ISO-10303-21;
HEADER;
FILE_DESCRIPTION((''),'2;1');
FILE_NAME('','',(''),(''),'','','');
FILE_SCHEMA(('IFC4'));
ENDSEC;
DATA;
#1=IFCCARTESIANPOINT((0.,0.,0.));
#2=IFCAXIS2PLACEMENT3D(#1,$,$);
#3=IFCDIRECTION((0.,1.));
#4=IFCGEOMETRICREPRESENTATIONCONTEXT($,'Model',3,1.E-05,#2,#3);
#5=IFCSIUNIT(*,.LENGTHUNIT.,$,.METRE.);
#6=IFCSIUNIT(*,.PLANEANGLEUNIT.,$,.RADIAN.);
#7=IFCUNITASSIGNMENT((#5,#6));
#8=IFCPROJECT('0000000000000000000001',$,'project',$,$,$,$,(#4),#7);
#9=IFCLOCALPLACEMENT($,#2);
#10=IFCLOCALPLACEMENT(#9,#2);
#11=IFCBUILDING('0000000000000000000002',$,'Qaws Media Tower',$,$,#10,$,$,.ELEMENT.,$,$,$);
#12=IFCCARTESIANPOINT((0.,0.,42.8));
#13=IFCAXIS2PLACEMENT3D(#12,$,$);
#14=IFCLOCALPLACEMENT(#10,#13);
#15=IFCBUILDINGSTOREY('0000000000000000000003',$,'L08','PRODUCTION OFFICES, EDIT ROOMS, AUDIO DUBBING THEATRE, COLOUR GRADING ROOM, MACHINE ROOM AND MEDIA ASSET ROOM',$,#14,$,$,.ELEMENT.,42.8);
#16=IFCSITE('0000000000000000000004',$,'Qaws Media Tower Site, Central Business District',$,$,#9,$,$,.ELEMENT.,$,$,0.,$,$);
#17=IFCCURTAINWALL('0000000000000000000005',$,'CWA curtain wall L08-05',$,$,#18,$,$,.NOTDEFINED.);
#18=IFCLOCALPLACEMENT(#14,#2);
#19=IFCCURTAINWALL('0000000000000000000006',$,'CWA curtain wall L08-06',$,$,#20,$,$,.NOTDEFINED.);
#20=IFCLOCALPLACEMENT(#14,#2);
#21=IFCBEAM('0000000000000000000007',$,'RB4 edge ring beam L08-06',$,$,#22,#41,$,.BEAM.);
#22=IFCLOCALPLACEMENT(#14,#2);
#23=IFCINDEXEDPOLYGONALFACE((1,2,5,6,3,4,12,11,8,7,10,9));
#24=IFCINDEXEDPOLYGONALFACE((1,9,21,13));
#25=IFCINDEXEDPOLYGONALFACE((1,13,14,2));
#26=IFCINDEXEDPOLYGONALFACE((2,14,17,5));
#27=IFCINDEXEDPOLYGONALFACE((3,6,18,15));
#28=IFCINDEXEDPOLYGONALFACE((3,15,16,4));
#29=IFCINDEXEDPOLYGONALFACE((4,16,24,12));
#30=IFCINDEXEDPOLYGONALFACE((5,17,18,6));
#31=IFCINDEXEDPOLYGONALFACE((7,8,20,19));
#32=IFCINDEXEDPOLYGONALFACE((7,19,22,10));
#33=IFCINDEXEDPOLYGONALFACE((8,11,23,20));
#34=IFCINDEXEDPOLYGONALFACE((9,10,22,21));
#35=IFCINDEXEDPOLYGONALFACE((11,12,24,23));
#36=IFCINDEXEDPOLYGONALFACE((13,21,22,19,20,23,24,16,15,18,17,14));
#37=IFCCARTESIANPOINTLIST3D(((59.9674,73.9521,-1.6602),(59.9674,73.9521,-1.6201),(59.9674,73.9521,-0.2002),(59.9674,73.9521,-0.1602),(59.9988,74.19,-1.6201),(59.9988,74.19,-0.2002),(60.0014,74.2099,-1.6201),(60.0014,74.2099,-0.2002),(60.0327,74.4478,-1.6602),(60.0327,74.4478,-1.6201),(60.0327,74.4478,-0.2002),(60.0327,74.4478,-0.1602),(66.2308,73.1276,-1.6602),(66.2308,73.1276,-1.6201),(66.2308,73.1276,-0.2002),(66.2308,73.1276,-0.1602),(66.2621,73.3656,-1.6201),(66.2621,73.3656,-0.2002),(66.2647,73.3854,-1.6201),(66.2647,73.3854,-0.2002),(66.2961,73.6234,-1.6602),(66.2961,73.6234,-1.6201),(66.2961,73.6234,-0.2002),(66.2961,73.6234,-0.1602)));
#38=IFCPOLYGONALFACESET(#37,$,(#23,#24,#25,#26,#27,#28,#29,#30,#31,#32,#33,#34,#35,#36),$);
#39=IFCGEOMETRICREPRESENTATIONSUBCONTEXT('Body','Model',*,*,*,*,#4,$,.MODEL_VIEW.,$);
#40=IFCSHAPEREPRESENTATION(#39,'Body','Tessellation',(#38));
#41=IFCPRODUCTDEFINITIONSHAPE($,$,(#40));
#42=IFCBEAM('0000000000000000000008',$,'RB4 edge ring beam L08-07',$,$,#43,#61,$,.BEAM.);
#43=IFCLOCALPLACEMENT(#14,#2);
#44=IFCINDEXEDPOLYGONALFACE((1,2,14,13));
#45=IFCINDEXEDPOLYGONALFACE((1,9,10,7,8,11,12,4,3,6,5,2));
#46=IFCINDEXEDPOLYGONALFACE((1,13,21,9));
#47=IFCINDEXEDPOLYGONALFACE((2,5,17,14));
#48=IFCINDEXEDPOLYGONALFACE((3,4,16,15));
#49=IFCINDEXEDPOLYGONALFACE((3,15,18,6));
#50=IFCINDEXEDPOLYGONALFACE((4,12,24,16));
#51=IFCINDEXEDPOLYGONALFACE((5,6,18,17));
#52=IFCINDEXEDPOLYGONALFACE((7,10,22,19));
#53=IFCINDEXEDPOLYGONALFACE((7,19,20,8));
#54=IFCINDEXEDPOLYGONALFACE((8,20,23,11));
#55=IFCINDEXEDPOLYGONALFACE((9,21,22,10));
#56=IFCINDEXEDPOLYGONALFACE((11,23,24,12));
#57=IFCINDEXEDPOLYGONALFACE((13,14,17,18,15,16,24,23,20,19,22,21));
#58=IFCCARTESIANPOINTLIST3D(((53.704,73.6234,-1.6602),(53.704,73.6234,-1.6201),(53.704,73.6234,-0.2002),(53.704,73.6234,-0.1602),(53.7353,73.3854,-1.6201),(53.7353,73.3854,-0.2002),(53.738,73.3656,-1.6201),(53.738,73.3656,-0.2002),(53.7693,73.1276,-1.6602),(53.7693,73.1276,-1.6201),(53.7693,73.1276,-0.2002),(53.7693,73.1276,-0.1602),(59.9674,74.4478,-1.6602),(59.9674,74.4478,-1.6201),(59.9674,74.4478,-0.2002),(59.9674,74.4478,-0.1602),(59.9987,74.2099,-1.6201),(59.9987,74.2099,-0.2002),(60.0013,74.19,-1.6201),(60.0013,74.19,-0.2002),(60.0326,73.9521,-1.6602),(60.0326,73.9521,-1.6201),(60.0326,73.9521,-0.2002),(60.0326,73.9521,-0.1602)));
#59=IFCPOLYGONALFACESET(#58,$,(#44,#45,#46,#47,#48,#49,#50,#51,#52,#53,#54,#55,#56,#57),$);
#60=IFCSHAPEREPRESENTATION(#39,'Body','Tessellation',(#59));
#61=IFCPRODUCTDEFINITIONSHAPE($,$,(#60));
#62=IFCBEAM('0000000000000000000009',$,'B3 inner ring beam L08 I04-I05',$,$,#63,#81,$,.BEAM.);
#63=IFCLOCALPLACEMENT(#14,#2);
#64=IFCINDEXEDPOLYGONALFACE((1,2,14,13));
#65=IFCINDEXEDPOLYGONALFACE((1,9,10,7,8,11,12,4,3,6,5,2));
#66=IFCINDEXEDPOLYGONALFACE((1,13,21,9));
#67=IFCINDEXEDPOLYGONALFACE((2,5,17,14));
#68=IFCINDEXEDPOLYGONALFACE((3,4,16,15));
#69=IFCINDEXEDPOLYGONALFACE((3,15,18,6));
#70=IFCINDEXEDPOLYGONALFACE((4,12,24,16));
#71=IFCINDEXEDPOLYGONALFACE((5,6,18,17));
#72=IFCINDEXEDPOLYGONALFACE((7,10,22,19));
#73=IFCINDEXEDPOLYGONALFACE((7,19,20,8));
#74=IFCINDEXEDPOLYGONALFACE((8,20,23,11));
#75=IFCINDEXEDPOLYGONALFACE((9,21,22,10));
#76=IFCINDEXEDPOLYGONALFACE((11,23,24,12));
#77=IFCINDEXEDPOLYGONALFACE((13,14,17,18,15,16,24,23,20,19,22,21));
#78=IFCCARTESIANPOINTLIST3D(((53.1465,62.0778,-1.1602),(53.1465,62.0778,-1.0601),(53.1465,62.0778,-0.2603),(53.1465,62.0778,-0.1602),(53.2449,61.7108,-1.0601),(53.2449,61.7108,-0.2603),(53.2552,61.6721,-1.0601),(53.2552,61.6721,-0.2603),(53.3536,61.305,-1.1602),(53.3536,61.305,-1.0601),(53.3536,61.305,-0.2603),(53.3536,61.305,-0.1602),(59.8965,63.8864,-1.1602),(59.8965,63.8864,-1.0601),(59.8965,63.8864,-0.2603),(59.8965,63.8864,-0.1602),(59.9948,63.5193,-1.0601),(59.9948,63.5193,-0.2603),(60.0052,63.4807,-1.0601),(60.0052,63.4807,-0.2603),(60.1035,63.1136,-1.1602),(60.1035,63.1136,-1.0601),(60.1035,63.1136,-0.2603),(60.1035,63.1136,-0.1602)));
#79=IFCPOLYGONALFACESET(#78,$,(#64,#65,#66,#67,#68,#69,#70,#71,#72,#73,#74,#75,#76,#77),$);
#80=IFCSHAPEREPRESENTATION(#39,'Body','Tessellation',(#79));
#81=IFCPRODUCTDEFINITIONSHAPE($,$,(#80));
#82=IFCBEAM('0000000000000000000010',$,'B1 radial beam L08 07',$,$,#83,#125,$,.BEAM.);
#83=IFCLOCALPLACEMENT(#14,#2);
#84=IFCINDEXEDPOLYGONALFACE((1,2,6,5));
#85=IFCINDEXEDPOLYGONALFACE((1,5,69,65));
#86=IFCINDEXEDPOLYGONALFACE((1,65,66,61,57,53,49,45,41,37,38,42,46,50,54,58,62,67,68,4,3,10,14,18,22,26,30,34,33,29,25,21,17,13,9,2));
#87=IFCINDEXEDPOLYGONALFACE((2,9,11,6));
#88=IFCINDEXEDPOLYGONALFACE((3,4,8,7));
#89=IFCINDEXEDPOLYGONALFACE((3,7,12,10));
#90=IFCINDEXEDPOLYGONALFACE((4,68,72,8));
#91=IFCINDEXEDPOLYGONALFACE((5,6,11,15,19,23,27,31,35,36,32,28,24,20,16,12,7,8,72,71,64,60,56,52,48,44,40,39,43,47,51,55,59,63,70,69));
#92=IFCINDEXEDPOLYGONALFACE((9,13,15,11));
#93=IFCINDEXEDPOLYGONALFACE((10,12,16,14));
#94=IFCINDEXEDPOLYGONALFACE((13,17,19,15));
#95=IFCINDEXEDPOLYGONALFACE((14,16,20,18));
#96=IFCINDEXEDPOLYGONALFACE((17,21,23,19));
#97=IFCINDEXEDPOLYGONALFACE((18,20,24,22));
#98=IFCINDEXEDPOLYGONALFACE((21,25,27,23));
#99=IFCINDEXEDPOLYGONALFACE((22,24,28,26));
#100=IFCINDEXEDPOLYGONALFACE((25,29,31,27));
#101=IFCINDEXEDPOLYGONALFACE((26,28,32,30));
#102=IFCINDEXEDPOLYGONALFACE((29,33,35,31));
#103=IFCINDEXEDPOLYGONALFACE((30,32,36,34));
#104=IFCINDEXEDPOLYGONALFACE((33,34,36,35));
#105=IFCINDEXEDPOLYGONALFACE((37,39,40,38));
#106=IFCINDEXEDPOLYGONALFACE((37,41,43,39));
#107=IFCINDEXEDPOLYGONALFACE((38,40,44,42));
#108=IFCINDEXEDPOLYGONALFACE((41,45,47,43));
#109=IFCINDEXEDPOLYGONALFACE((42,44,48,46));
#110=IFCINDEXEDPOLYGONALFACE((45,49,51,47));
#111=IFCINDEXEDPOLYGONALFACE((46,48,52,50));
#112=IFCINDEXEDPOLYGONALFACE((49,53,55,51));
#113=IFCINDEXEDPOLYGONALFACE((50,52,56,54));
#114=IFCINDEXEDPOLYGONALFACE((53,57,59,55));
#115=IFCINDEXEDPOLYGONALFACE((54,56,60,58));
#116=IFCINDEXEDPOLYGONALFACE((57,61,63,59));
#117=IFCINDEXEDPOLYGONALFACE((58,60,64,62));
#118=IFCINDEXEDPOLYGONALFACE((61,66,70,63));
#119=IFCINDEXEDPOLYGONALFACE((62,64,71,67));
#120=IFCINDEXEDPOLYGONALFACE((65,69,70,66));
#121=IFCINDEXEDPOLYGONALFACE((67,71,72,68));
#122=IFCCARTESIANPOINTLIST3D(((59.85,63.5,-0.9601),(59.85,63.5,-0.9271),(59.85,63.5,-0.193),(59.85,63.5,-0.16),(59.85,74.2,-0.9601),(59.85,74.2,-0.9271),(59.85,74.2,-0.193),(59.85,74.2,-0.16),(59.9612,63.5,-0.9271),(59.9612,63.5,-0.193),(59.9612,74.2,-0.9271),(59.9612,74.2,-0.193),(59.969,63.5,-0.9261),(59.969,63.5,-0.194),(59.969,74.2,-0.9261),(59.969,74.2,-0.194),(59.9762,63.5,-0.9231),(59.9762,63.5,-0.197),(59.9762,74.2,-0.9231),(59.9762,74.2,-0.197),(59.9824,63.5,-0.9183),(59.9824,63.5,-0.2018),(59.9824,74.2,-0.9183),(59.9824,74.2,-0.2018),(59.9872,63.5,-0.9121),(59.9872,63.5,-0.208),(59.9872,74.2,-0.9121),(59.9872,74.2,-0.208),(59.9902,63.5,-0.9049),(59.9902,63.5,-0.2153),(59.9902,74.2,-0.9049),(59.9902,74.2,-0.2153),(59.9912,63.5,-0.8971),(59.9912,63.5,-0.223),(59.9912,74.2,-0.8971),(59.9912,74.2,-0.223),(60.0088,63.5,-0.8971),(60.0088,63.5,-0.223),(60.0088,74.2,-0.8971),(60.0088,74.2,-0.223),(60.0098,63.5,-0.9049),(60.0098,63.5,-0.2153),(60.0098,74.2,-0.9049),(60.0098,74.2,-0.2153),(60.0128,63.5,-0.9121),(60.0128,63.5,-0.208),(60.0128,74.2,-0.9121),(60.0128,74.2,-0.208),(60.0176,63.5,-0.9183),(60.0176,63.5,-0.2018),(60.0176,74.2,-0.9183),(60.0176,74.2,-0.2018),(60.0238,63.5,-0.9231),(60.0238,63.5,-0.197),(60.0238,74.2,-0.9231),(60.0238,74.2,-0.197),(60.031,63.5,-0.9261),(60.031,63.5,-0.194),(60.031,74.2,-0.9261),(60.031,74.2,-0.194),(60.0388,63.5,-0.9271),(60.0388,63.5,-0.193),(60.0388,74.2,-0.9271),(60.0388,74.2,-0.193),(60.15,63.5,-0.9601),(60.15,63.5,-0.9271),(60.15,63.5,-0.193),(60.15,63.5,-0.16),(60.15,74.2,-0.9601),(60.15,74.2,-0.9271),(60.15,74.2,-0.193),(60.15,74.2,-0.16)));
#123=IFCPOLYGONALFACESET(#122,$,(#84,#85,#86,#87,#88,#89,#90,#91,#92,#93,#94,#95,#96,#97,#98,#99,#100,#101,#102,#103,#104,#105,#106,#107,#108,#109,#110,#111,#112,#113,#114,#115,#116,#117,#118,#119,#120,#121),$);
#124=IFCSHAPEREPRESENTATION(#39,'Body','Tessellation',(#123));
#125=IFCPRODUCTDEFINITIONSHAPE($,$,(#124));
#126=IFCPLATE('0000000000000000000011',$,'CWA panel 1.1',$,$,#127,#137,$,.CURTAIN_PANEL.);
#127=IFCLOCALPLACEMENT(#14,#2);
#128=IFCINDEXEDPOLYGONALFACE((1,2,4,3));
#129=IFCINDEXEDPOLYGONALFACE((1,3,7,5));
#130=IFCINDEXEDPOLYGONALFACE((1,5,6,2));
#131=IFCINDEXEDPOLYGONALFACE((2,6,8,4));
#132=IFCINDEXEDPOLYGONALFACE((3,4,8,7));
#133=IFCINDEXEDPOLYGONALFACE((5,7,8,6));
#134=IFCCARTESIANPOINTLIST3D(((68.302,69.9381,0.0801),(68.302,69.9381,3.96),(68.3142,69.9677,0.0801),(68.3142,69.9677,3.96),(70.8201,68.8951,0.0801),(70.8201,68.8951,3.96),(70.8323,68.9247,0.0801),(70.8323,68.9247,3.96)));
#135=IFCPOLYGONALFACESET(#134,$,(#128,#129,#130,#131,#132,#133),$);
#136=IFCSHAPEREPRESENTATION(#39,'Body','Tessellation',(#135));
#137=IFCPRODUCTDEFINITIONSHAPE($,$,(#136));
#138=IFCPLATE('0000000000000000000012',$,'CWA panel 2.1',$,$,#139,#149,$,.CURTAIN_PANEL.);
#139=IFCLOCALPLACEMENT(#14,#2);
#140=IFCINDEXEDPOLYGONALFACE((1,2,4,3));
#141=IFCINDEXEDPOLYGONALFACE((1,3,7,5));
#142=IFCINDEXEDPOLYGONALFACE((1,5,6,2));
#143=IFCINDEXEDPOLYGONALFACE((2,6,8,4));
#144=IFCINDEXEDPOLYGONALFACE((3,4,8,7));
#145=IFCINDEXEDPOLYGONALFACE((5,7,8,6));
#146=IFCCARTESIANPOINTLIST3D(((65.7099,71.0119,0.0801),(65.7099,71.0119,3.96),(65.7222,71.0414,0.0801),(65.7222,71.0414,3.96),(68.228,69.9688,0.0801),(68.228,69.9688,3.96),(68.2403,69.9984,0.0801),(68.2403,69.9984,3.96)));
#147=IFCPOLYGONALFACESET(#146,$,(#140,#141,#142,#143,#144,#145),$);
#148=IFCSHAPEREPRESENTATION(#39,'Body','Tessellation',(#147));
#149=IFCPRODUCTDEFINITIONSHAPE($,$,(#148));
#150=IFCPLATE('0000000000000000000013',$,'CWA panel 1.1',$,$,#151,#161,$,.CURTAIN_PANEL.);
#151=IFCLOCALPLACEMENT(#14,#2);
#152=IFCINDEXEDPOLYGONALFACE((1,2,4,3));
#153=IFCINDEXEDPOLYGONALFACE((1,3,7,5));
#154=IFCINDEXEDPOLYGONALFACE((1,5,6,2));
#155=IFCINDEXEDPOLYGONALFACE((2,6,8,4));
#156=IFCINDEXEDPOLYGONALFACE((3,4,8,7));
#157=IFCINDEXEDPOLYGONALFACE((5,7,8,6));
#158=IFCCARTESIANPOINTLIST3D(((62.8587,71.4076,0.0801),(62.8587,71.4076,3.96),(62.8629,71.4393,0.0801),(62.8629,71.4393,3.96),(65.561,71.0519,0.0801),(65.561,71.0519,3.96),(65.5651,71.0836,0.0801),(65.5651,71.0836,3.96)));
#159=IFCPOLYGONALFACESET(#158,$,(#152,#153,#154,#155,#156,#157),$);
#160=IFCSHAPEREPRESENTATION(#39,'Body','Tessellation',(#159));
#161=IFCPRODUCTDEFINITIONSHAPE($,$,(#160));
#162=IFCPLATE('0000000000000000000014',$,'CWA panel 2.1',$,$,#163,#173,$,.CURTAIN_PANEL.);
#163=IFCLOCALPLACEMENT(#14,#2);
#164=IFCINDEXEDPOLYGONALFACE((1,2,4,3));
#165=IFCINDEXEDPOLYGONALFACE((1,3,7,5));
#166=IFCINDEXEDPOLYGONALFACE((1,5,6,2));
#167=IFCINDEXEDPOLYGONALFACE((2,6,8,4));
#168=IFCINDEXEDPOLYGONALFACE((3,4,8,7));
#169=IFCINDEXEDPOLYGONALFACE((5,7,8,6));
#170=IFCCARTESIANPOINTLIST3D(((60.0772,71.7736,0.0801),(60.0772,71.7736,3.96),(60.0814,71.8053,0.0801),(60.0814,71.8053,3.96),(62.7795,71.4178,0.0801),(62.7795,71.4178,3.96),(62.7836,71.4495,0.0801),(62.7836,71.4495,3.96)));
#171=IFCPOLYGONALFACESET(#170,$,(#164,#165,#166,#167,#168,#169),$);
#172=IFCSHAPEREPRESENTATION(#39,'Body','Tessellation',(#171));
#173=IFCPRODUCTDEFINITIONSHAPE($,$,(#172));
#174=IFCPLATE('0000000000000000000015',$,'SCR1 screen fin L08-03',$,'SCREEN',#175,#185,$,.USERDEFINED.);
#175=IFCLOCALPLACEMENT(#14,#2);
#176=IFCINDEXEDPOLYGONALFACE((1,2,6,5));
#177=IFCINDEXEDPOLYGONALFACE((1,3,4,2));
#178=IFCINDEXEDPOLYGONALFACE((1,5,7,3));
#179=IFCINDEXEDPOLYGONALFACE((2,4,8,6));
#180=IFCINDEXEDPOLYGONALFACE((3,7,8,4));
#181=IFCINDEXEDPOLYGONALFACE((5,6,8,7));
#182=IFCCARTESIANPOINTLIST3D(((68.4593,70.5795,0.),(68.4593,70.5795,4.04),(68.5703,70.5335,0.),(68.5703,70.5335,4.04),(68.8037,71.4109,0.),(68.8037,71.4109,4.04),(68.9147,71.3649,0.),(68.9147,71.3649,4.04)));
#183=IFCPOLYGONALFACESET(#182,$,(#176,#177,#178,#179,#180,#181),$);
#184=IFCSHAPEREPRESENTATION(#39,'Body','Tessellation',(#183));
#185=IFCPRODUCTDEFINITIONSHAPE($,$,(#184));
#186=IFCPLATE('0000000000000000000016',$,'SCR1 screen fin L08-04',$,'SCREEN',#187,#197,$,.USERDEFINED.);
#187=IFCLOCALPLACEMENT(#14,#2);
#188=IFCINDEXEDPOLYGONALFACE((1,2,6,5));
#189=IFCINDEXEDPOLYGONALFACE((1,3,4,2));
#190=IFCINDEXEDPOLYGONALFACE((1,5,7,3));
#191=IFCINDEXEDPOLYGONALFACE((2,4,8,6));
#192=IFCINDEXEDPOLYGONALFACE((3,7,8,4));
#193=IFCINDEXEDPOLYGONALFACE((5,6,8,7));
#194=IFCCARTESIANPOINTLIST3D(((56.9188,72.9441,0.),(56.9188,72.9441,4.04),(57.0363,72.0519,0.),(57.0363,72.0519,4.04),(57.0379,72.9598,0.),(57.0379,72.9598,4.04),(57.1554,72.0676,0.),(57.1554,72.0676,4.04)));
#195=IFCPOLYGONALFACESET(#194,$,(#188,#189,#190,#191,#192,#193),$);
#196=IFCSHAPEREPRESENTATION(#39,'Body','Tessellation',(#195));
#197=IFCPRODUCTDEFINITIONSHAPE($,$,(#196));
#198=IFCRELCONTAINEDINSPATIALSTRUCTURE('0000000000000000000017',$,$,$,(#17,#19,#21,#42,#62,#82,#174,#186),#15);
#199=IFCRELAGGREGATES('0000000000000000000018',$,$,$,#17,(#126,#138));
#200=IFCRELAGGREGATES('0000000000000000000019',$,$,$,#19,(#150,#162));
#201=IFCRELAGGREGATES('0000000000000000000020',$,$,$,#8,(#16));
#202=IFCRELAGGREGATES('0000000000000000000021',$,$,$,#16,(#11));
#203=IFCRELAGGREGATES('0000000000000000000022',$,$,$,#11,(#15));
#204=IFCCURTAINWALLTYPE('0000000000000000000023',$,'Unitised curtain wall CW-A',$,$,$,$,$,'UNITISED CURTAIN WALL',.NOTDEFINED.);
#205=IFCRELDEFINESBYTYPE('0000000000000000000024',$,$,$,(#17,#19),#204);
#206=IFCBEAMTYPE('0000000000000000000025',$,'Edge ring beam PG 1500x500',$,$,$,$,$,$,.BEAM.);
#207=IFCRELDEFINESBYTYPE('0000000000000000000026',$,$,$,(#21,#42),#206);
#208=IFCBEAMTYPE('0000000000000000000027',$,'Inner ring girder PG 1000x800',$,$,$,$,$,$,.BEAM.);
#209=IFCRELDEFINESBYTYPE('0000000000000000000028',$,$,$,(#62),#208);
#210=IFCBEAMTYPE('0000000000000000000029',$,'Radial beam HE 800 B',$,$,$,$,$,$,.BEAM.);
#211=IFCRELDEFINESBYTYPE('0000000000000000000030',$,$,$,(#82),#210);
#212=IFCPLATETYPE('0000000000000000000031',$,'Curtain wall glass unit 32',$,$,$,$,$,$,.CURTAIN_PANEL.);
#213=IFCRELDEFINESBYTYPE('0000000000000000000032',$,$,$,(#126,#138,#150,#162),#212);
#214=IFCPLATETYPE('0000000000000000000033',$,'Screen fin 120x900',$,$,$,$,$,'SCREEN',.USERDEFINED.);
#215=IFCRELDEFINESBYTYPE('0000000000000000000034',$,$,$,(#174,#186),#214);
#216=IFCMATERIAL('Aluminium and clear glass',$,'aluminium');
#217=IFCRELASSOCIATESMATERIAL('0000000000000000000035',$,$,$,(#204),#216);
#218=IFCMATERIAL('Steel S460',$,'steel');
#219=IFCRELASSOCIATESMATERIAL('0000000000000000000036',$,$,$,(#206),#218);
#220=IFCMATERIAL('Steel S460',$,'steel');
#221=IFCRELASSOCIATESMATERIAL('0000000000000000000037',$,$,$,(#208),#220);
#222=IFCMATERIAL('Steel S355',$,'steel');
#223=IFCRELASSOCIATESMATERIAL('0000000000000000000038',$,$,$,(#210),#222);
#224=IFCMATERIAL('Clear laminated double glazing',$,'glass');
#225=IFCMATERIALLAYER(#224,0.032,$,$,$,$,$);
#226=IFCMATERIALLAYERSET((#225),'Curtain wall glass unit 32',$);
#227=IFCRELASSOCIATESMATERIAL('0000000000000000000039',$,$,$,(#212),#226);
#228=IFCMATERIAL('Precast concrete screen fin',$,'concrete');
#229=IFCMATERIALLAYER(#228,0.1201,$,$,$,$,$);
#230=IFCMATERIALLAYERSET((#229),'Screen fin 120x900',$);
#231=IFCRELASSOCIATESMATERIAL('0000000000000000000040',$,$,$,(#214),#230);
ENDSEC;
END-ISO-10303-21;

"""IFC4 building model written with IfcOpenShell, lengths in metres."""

from ifc_helpers import new_model, si_unit, direction, frame, origin, origin_2d, place, context, subcontext, project, spatial, rectangle, i_section, extrude, material, layer, layer_set, material_profile, profile_set, type_object, element, aggregate, save


model = new_model("IFC4")

# Units and contexts
model_context = context("Model", 3, precision=1e-05, world=origin(), true_north=direction((0.0, 1.0)))
body_context = subcontext(model_context, "Body", "Model", "MODEL_VIEW")
ifc_project = project(units=[si_unit("LENGTHUNIT", "METRE"), si_unit("PLANEANGLEUNIT", "RADIAN")], contexts=[model_context])

# Site, building, storey
site_placement = place(None, origin())
site = spatial("IfcSite", under=ifc_project, at=site_placement, Name="Qaws Media Tower Site, Central Business District", CompositionType="ELEMENT", RefElevation=0.0)
building_placement = place(site_placement, origin())
building = spatial("IfcBuilding", under=site, at=building_placement, Name="Qaws Media Tower", CompositionType="ELEMENT")
storey_placement = place(building_placement, frame((0.0, 0.0, 42.8)))
storey = spatial("IfcBuildingStorey", under=building, at=storey_placement, Name="L08", Description="PRODUCTION OFFICES, EDIT ROOMS, AUDIO DUBBING THEATRE, COLOUR GRADING ROOM, MACHINE ROOM AND MEDIA ASSET ROOM", CompositionType="ELEMENT", Elevation=42.8)

# Shared definitions
ifc_material_1 = material(Name="Aluminium and clear glass", Category="aluminium")
curtain_wall_type = type_object("IfcCurtainWallType", Name="Unitised curtain wall CW-A", ElementType="UNITISED CURTAIN WALL", PredefinedType="NOTDEFINED", material=ifc_material_1)

# Curtain walls
curtain_wall_1_placement = place(storey_placement, origin())
curtain_wall_1 = element("IfcCurtainWall", 1, at=curtain_wall_1_placement, inside=storey, type_object=curtain_wall_type, Name="CWA curtain wall L08-05", PredefinedType="NOTDEFINED")
curtain_wall_2_placement = place(storey_placement, origin())
curtain_wall_2 = element("IfcCurtainWall", 2, at=curtain_wall_2_placement, inside=storey, type_object=curtain_wall_type, Name="CWA curtain wall L08-06", PredefinedType="NOTDEFINED")

# Beams
ifc_material_2 = material(Name="Steel S460", Category="steel")
ifc_material_profile_1 = material_profile(ifc_material_2, i_section(OverallWidth=0.5, OverallDepth=1.5, WebThickness=0.02, FlangeThickness=0.04, at=origin_2d()), Name="PG 1500x500")
ifc_profile_set_1 = profile_set([ifc_material_profile_1], Name="Steel S460")
beam_type_1 = type_object("IfcBeamType", Name="Edge ring beam PG 1500x500", PredefinedType="BEAM", material=ifc_profile_set_1)
for number, where, z_axis, x_axis, name in (
    (3, (66.2634, 73.3755, -0.9102), (-0.991448, 0.130505, 0.0), (-0.130505, -0.991448, 0.0), "RB4 edge ring beam L08-06"),
    (4, (60.0, 74.2, -0.9102), (-0.991448, -0.130505, 0.0), (0.130505, -0.991448, 0.0), "RB4 edge ring beam L08-07"),
):
    element("IfcBeam", number, at=place(storey_placement, frame(where, z_axis=z_axis, x_axis=x_axis)), inside=storey, type_object=beam_type_1, Name=name, PredefinedType="BEAM", context=body_context, shape_type="SweptSolid", body=[
        extrude(i_section(OverallWidth=0.5, OverallDepth=1.5, WebThickness=0.02, FlangeThickness=0.04, at=origin_2d()), origin(), (0.0, 0.0, 1.0), 6.3174),
    ])
ifc_material_3 = material(Name="Steel S460", Category="steel")
ifc_material_profile_2 = material_profile(ifc_material_3, i_section(OverallWidth=0.8, OverallDepth=1.0, WebThickness=0.04, FlangeThickness=0.1001, at=origin_2d()), Name="PG 1000x800")
ifc_profile_set_2 = profile_set([ifc_material_profile_2], Name="Steel S460")
beam_type_2 = type_object("IfcBeamType", Name="Inner ring girder PG 1000x800", PredefinedType="BEAM", material=ifc_profile_set_2)
beam_1_placement = place(storey_placement, frame((60.0, 63.5, -0.6602), z_axis=(-0.965928, -0.258811, 0.0), x_axis=(0.258811, -0.965928, 0.0)))
element("IfcBeam", 5, at=beam_1_placement, inside=storey, type_object=beam_type_2, Name="B3 inner ring beam L08 I04-I05", PredefinedType="BEAM", context=body_context, shape_type="SweptSolid", body=[
    extrude(i_section(OverallWidth=0.8, OverallDepth=1.0, WebThickness=0.04, FlangeThickness=0.1001, at=origin_2d()), origin(), (0.0, 0.0, 1.0), 6.988),
])
ifc_material_4 = material(Name="Steel S355", Category="steel")
ifc_material_profile_3 = material_profile(ifc_material_4, i_section(OverallWidth=0.3, OverallDepth=0.8, WebThickness=0.0176, FlangeThickness=0.033, FilletRadius=0.03, at=origin_2d()), Name="HE 800 B")
ifc_profile_set_3 = profile_set([ifc_material_profile_3], Name="Steel S355")
beam_type_3 = type_object("IfcBeamType", Name="Radial beam HE 800 B", PredefinedType="BEAM", material=ifc_profile_set_3)
beam_2_placement = place(storey_placement, frame((60.0, 63.5, -0.5601), z_axis=(0.0, 1.0, 0.0), x_axis=(-1.0, 0.0, 0.0)))
element("IfcBeam", 6, at=beam_2_placement, inside=storey, type_object=beam_type_3, Name="B1 radial beam L08 07", PredefinedType="BEAM", context=body_context, shape_type="SweptSolid", body=[
    extrude(i_section(OverallWidth=0.3, OverallDepth=0.8, WebThickness=0.0176, FlangeThickness=0.033, FilletRadius=0.03, at=origin_2d()), origin(), (0.0, 0.0, 1.0), 10.7),
])

# Plates
ifc_material_5 = material(Name="Clear laminated double glazing", Category="glass")
ifc_layer_1 = layer(ifc_material_5, 0.032)
ifc_layer_set_1 = layer_set([ifc_layer_1], Name="Curtain wall glass unit 32")
plate_type_1 = type_object("IfcPlateType", Name="Curtain wall glass unit 32", PredefinedType="CURTAIN_PANEL", material=ifc_layer_set_1)
plate_1_placement = place(storey_placement, frame((69.5671, 69.4314, 0.0801), z_axis=(0.0, 0.0, 1.0), x_axis=(-0.92388, 0.382683, 0.0)))
plate_1 = element("IfcPlate", 7, at=plate_1_placement, type_object=plate_type_1, Name="CWA panel 1.1", PredefinedType="CURTAIN_PANEL", context=body_context, shape_type="SweptSolid", body=[
    extrude(rectangle(XDim=2.7256, YDim=0.032, at=origin_2d()), origin(), (0.0, 0.0, 1.0), 3.8799),
])
plate_2_placement = place(storey_placement, frame((66.9751, 70.5051, 0.0801), z_axis=(0.0, 0.0, 1.0), x_axis=(-0.92388, 0.382683, 0.0)))
plate_2 = element("IfcPlate", 8, at=plate_2_placement, type_object=plate_type_1, Name="CWA panel 2.1", PredefinedType="CURTAIN_PANEL", context=body_context, shape_type="SweptSolid", body=[
    extrude(rectangle(XDim=2.7256, YDim=0.032, at=origin_2d()), origin(), (0.0, 0.0, 1.0), 3.8799),
])
aggregate(curtain_wall_1, [plate_1, plate_2])
plate_3_placement = place(storey_placement, frame((64.2119, 71.2456, 0.0801), z_axis=(0.0, 0.0, 1.0), x_axis=(-0.991445, 0.130526, 0.0)))
plate_3 = element("IfcPlate", 9, at=plate_3_placement, type_object=plate_type_1, Name="CWA panel 1.1", PredefinedType="CURTAIN_PANEL", context=body_context, shape_type="SweptSolid", body=[
    extrude(rectangle(XDim=2.7256, YDim=0.032, at=origin_2d()), origin(), (0.0, 0.0, 1.0), 3.8799),
])
plate_4_placement = place(storey_placement, frame((61.4304, 71.6116, 0.0801), z_axis=(0.0, 0.0, 1.0), x_axis=(-0.991445, 0.130526, 0.0)))
plate_4 = element("IfcPlate", 10, at=plate_4_placement, type_object=plate_type_1, Name="CWA panel 2.1", PredefinedType="CURTAIN_PANEL", context=body_context, shape_type="SweptSolid", body=[
    extrude(rectangle(XDim=2.7256, YDim=0.032, at=origin_2d()), origin(), (0.0, 0.0, 1.0), 3.8799),
])
aggregate(curtain_wall_2, [plate_3, plate_4])

# Plates
ifc_material_6 = material(Name="Precast concrete screen fin", Category="concrete")
ifc_layer_2 = layer(ifc_material_6, 0.1201)
ifc_layer_set_2 = layer_set([ifc_layer_2], Name="Screen fin 120x900")
plate_type_2 = type_object("IfcPlateType", Name="Screen fin 120x900", ElementType="SCREEN", PredefinedType="USERDEFINED", material=ifc_layer_set_2)
for number, where, z_axis, x_axis, name in (
    (11, (68.687, 70.9722, 0.0), (0.0, 0.0, 1.0), (0.382683, 0.92388, 0.0), "SCR1 screen fin L08-03"),
    (12, (57.0371, 72.5059, 0.0), (0.0, 0.0, 1.0), (-0.130526, 0.991445, 0.0), "SCR1 screen fin L08-04"),
):
    element("IfcPlate", number, at=place(storey_placement, frame(where, z_axis=z_axis, x_axis=x_axis)), inside=storey, type_object=plate_type_2, Name=name, ObjectType="SCREEN", PredefinedType="USERDEFINED", context=body_context, shape_type="SweptSolid", body=[
        extrude(rectangle(XDim=0.8999, YDim=0.1201, at=origin_2d()), origin(), (0.0, 0.0, 1.0), 4.04),
    ])

save(model, "model.ifc")
